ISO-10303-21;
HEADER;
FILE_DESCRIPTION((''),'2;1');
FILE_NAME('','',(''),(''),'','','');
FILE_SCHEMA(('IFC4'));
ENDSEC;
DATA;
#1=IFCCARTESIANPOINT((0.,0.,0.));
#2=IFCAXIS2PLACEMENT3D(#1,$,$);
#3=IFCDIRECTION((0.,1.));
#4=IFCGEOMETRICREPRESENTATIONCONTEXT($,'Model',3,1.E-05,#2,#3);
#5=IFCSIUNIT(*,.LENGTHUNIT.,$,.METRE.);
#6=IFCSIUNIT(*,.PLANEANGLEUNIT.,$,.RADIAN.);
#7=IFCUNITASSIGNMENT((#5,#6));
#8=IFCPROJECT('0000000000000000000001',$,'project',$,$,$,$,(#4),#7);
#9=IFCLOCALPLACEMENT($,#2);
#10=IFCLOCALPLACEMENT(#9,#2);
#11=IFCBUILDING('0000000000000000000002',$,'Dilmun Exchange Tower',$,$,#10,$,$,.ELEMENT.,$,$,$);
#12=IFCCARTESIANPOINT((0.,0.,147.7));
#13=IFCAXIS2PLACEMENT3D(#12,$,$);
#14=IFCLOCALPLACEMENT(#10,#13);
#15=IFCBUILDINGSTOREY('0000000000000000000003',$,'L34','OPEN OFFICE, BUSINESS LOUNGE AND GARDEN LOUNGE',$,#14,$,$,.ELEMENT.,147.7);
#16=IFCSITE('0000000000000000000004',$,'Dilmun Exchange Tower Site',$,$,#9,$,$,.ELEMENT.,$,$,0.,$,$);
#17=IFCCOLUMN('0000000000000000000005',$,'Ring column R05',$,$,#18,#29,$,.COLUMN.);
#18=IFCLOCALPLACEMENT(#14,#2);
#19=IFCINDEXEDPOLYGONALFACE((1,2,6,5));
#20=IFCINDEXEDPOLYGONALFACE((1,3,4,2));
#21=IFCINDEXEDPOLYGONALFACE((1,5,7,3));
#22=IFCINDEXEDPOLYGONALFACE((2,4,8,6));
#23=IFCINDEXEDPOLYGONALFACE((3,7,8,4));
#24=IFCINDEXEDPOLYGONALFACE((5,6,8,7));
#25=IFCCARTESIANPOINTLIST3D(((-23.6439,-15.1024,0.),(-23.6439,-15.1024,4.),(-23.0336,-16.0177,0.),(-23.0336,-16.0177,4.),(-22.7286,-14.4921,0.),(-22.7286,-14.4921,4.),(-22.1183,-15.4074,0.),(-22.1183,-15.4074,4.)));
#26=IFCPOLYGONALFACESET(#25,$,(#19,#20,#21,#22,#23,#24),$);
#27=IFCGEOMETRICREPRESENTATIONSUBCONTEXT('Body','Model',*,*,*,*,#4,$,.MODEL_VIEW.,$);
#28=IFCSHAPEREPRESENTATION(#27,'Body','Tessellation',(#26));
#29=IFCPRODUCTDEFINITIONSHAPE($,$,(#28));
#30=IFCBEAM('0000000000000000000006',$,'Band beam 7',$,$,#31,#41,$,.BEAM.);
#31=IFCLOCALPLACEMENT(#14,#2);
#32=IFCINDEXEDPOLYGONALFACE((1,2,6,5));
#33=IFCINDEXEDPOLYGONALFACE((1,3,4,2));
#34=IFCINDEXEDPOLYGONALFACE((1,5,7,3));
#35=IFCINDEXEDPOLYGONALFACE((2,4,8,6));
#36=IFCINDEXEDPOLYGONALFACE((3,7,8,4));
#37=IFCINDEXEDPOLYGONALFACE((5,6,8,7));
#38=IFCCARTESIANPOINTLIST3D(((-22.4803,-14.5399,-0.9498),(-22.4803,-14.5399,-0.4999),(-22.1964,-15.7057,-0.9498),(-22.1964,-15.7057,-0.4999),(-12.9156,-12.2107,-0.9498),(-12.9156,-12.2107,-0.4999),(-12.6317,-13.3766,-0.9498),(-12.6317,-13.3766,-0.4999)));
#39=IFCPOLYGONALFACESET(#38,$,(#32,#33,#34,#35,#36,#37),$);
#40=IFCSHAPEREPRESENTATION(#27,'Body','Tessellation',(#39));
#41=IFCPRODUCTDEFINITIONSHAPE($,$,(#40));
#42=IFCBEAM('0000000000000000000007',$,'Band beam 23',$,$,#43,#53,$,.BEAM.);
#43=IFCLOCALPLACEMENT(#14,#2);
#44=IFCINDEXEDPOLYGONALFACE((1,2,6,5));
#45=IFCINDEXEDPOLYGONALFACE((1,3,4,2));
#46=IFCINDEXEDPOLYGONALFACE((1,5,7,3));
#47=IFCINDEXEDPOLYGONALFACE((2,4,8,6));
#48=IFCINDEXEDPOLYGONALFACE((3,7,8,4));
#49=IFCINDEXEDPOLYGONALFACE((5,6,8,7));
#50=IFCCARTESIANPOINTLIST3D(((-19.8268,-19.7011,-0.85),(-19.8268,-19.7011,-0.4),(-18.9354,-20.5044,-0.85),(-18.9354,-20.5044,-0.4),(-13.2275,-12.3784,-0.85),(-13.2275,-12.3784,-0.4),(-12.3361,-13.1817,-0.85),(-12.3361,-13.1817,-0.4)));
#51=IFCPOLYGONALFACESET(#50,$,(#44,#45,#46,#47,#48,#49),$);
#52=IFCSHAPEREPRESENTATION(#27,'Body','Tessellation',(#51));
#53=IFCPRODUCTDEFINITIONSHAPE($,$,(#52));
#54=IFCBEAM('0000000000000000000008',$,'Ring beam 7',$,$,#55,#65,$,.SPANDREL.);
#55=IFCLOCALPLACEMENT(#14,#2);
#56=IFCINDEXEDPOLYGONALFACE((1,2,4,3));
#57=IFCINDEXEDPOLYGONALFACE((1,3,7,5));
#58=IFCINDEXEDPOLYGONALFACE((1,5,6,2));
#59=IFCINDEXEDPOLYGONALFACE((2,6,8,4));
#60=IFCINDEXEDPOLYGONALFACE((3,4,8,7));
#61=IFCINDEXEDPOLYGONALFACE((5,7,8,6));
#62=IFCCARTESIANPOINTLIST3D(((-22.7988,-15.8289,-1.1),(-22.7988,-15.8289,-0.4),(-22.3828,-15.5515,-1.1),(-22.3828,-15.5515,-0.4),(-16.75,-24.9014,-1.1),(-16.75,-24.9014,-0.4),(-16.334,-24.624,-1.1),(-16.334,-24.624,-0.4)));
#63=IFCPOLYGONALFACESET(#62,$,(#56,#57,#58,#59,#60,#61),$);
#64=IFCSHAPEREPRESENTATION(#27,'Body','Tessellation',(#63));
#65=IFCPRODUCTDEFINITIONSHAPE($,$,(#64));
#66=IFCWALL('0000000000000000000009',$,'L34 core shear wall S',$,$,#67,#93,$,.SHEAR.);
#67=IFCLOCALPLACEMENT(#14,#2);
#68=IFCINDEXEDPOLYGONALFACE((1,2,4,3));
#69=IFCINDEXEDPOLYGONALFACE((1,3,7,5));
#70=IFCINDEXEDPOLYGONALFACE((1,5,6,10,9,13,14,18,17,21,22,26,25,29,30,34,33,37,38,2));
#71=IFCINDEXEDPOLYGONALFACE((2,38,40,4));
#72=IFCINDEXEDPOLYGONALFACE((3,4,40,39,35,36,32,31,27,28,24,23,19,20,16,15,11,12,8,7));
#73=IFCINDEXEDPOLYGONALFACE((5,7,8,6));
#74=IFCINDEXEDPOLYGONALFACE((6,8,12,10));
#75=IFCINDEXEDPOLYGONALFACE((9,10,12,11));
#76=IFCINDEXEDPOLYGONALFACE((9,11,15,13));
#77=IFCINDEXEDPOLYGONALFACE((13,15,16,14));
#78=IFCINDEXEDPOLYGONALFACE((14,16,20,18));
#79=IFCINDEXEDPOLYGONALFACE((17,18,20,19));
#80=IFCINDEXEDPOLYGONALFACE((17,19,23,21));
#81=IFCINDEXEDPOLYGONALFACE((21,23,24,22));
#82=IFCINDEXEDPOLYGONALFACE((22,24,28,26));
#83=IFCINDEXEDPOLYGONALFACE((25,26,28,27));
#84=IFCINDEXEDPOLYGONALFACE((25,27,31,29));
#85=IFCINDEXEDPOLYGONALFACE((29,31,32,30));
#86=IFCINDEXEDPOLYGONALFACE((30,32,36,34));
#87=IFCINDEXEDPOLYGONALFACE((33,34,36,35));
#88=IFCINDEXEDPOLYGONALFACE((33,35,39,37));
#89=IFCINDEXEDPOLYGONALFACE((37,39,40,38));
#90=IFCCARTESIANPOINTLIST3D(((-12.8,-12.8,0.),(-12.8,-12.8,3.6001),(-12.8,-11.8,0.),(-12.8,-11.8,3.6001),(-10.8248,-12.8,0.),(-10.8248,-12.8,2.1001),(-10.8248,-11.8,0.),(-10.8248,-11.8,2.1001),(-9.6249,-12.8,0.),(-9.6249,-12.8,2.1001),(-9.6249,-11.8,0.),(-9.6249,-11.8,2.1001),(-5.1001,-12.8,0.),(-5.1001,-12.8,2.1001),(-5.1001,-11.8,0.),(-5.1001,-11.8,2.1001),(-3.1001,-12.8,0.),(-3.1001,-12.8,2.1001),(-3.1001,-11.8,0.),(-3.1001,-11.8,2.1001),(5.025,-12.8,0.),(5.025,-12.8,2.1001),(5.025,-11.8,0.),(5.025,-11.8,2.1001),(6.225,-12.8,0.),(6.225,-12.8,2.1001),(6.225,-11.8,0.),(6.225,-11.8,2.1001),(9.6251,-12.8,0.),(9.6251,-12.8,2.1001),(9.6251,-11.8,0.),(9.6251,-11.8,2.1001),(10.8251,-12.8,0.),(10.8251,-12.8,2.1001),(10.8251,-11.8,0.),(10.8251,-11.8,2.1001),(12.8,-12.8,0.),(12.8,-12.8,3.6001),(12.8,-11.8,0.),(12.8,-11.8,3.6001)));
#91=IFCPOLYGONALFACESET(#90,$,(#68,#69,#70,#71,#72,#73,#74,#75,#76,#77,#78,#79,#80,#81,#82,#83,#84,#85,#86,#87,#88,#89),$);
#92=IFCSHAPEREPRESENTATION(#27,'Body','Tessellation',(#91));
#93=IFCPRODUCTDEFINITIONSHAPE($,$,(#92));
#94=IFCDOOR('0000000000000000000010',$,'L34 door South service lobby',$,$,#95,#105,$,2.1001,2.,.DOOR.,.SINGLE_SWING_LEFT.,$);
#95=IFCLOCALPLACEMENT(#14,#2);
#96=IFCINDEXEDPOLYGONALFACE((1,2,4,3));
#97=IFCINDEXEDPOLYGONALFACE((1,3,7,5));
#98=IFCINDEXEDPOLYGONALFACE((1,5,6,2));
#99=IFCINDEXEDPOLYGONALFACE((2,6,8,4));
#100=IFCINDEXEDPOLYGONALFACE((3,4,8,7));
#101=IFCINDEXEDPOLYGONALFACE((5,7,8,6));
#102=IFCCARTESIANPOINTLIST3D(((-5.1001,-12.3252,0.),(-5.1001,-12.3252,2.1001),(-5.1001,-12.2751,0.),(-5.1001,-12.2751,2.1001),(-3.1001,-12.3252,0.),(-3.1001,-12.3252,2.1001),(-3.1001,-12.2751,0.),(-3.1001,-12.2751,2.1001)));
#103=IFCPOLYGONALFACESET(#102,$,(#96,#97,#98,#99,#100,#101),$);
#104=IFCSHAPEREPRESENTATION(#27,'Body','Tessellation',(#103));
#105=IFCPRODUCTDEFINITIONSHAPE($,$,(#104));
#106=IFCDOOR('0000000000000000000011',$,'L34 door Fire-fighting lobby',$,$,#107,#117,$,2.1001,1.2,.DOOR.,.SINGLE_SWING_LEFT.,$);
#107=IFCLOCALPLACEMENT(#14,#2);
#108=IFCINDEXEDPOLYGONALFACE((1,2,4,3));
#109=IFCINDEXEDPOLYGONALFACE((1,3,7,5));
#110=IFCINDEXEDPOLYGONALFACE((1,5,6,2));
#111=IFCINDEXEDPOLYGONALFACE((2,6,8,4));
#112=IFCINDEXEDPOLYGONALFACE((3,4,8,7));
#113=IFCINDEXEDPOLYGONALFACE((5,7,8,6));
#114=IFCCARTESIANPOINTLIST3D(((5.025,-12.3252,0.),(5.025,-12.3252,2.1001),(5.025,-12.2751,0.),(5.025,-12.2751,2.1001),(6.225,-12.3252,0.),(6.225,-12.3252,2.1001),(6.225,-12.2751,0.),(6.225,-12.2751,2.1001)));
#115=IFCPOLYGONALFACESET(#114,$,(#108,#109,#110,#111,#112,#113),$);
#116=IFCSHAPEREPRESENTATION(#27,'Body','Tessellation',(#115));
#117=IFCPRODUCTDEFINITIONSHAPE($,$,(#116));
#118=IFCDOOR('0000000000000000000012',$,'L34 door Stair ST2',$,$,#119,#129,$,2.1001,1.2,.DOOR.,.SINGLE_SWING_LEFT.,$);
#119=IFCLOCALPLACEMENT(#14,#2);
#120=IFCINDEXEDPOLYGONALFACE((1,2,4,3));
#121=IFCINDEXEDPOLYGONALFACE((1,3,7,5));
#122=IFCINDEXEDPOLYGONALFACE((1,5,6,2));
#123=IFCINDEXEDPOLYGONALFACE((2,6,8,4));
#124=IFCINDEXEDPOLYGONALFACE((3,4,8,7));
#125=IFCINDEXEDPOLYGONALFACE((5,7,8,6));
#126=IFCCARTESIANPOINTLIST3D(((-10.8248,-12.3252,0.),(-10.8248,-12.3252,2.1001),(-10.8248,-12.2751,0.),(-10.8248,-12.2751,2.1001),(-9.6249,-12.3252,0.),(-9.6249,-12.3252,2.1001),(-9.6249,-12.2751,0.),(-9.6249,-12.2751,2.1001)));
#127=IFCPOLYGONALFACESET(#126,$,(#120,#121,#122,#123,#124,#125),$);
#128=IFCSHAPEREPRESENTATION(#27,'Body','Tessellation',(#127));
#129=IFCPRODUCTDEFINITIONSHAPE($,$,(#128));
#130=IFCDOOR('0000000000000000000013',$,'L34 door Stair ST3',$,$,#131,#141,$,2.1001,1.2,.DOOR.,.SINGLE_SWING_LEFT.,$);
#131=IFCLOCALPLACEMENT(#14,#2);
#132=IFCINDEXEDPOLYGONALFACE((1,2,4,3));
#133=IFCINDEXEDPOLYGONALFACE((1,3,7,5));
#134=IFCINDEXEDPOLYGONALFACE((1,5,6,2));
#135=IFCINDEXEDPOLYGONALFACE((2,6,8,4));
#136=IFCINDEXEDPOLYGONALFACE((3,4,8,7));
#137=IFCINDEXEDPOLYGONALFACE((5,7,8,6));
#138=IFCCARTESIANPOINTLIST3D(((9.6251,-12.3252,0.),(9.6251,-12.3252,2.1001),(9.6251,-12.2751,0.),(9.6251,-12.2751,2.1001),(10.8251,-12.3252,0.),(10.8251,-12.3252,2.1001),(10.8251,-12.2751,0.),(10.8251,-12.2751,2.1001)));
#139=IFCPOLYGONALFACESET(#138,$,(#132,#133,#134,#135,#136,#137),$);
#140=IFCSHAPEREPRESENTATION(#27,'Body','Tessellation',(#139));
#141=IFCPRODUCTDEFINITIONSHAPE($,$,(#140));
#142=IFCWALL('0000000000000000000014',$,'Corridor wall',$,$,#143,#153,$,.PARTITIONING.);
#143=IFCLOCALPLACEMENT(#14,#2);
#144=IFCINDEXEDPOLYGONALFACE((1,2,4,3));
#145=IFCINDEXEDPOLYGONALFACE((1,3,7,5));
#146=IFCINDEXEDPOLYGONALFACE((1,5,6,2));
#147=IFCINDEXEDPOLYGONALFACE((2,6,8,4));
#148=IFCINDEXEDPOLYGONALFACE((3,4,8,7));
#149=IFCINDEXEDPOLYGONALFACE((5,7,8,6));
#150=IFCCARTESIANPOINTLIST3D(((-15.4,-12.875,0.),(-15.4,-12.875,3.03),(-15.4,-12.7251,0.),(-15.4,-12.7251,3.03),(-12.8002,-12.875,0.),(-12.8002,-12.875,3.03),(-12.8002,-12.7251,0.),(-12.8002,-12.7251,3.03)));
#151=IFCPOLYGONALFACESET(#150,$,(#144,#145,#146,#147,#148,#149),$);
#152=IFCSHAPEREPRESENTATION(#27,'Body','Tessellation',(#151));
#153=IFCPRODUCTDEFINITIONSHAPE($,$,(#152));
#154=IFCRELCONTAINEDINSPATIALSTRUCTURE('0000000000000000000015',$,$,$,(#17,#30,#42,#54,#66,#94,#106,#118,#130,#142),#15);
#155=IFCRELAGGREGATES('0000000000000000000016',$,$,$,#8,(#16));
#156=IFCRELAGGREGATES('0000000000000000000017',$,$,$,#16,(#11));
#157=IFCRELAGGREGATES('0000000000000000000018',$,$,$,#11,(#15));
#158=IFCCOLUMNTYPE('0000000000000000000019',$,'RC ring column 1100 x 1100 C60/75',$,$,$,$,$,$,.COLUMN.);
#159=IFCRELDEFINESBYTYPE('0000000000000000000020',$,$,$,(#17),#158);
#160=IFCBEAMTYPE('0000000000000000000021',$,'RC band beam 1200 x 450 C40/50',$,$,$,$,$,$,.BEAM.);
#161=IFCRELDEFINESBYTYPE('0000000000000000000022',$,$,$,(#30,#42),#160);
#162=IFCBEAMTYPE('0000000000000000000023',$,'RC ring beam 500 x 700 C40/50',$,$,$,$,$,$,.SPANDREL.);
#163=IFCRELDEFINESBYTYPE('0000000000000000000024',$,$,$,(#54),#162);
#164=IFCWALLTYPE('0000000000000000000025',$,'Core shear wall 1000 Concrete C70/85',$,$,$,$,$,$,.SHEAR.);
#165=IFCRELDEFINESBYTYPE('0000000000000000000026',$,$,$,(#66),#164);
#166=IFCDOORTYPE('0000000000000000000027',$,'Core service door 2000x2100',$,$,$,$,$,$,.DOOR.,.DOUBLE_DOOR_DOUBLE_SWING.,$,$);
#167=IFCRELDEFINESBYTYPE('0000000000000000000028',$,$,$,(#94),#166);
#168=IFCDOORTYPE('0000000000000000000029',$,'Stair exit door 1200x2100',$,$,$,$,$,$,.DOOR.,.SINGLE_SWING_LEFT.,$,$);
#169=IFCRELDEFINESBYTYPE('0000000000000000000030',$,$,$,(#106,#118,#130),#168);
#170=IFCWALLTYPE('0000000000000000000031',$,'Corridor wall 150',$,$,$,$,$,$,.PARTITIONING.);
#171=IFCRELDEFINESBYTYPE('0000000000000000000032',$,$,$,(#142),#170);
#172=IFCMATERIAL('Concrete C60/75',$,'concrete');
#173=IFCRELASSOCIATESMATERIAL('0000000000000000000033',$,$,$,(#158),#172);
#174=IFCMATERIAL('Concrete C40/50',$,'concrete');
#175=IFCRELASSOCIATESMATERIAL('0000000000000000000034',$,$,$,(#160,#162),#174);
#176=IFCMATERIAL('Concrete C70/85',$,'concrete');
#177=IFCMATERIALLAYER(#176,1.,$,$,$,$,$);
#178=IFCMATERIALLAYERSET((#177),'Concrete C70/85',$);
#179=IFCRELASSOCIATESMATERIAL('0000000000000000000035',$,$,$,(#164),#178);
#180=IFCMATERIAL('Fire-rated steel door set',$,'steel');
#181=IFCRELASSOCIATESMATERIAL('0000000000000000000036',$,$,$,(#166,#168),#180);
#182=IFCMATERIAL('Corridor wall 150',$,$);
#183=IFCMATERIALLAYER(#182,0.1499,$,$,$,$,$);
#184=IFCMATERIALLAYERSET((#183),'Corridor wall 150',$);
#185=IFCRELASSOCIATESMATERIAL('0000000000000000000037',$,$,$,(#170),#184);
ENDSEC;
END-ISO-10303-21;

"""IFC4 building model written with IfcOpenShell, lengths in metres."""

from ifc_helpers import new_model, si_unit, direction, frame, frame_2d, origin, origin_2d, place, context, subcontext, project, spatial, rectangle, extrude, material, layer, layer_set, material_profile, profile_set, type_object, element, fill, save


model = new_model("IFC4")

# Units and contexts
model_context = context("Model", 3, precision=1e-05, world=origin(), true_north=direction((0.0, 1.0)))
body_context = subcontext(model_context, "Body", "Model", "MODEL_VIEW")
ifc_project = project(units=[si_unit("LENGTHUNIT", "METRE"), si_unit("PLANEANGLEUNIT", "RADIAN")], contexts=[model_context])

# Site, building, storey
site_placement = place(None, origin())
site = spatial("IfcSite", under=ifc_project, at=site_placement, Name="Dilmun Exchange Tower Site", CompositionType="ELEMENT", RefElevation=0.0)
building_placement = place(site_placement, origin())
building = spatial("IfcBuilding", under=site, at=building_placement, Name="Dilmun Exchange Tower", CompositionType="ELEMENT")
storey_placement = place(building_placement, frame((0.0, 0.0, 147.7)))
storey = spatial("IfcBuildingStorey", under=building, at=storey_placement, Name="L34", Description="OPEN OFFICE, BUSINESS LOUNGE AND GARDEN LOUNGE", CompositionType="ELEMENT", Elevation=147.7)

# Column
ifc_material_1 = material(Name="Concrete C60/75", Category="concrete")
ifc_material_profile_1 = material_profile(ifc_material_1, rectangle(XDim=1.1001, YDim=1.1001, at=origin_2d()), Name="1100 x 1100")
ifc_profile_set_1 = profile_set([ifc_material_profile_1], Name="Concrete C60/75")
column_type = type_object("IfcColumnType", Name="RC ring column 1100 x 1100 C60/75", PredefinedType="COLUMN", material=ifc_profile_set_1)
column_placement = place(storey_placement, frame((-22.8811, -15.2549, 0.0), z_axis=(0.0, 0.0, 1.0), x_axis=(0.832029, 0.554733, 0.0)))
element("IfcColumn", 1, at=column_placement, inside=storey, type_object=column_type, Name="Ring column R05", PredefinedType="COLUMN", context=body_context, shape_type="SweptSolid", body=[
    extrude(rectangle(XDim=1.1001, YDim=1.1001, at=origin_2d()), origin(), (0.0, 0.0, 1.0), 4.0),
])

# Beams
ifc_material_2 = material(Name="Concrete C40/50", Category="concrete")
ifc_material_profile_2 = material_profile(ifc_material_2, rectangle(XDim=1.2, YDim=0.45, at=origin_2d()), Name="1200 x 450")
ifc_profile_set_2 = profile_set([ifc_material_profile_2], Name="Concrete C40/50")
beam_type_1 = type_object("IfcBeamType", Name="RC band beam 1200 x 450 C40/50", PredefinedType="BEAM", material=ifc_profile_set_2)
beam_1_placement = place(storey_placement, frame((-22.3384, -15.1228, -0.7249), z_axis=(0.971608, 0.236596, 0.0), x_axis=(-0.236596, 0.971608, 0.0)))
element("IfcBeam", 2, at=beam_1_placement, inside=storey, type_object=beam_type_1, Name="Band beam 7", PredefinedType="BEAM", context=body_context, shape_type="SweptSolid", body=[
    extrude(rectangle(XDim=1.2, YDim=0.45, at=origin_2d()), origin(), (0.0, 0.0, 1.0), 9.8442),
])
beam_2_placement = place(storey_placement, frame((-19.3811, -20.1028, -0.625), z_axis=(0.669463, 0.742846, 0.0), x_axis=(-0.742846, 0.669463, 0.0)))
element("IfcBeam", 3, at=beam_2_placement, inside=storey, type_object=beam_type_1, Name="Band beam 23", PredefinedType="BEAM", context=body_context, shape_type="SweptSolid", body=[
    extrude(rectangle(XDim=1.2, YDim=0.45, at=origin_2d()), origin(), (0.0, 0.0, 1.0), 9.8577),
])
ifc_material_profile_3 = material_profile(ifc_material_2, rectangle(XDim=0.5, YDim=0.7, at=origin_2d()), Name="500 x 700")
ifc_profile_set_3 = profile_set([ifc_material_profile_3], Name="Concrete C40/50")
beam_type_2 = type_object("IfcBeamType", Name="RC ring beam 500 x 700 C40/50", PredefinedType="SPANDREL", material=ifc_profile_set_3)
beam_3_placement = place(storey_placement, frame((-22.5908, -15.6902, -0.75), z_axis=(0.554731, -0.83203, 0.0), x_axis=(0.83203, 0.554731, 0.0)))
element("IfcBeam", 4, at=beam_3_placement, inside=storey, type_object=beam_type_2, Name="Ring beam 7", PredefinedType="SPANDREL", context=body_context, shape_type="SweptSolid", body=[
    extrude(rectangle(XDim=0.5, YDim=0.7, at=origin_2d()), origin(), (0.0, 0.0, 1.0), 10.9041),
])

# Wall, openings, doors
ifc_material_3 = material(Name="Concrete C70/85", Category="concrete")
ifc_layer_1 = layer(ifc_material_3, 1.0)
ifc_layer_set_1 = layer_set([ifc_layer_1], Name="Concrete C70/85")
wall_type_1 = type_object("IfcWallType", Name="Core shear wall 1000 Concrete C70/85", PredefinedType="SHEAR", material=ifc_layer_set_1)
wall_1_placement = place(storey_placement, frame((-12.8, -12.3, 0.0), z_axis=(0.0, 0.0, 1.0), x_axis=(1.0, 0.0, 0.0)))
wall_1 = element("IfcWall", 5, at=wall_1_placement, inside=storey, type_object=wall_type_1, Name="L34 core shear wall S", PredefinedType="SHEAR", context=body_context, shape_type="SweptSolid", body=[
    extrude(rectangle(XDim=25.6001, YDim=1.0, at=frame_2d((12.8, 0.0))), origin(), (0.0, 0.0, 1.0), 3.6001),
])
opening_1_placement = place(wall_1_placement, frame((7.7, 0.0, 0.0)))
opening_1 = element("IfcOpeningElement", 6, at=opening_1_placement, cuts=wall_1, PredefinedType="OPENING", context=body_context, shape_type="SweptSolid", body=[
    extrude(rectangle(XDim=2.0, YDim=2.1001, at=frame_2d((1.0, 1.05))), frame((0.0, 0.51, 0.0), z_axis=(0.0, -1.0, 0.0), x_axis=(1.0, 0.0, 0.0)), (0.0, 0.0, 1.0), 1.02),
])
opening_2_placement = place(wall_1_placement, frame((17.825, 0.0, 0.0)))
opening_2 = element("IfcOpeningElement", 7, at=opening_2_placement, cuts=wall_1, PredefinedType="OPENING", context=body_context, shape_type="SweptSolid", body=[
    extrude(rectangle(XDim=1.2, YDim=2.1001, at=frame_2d((0.6001, 1.05))), frame((0.0, 0.51, 0.0), z_axis=(0.0, -1.0, 0.0), x_axis=(1.0, 0.0, 0.0)), (0.0, 0.0, 1.0), 1.02),
])
opening_3_placement = place(wall_1_placement, frame((1.9751, 0.0, 0.0)))
opening_3 = element("IfcOpeningElement", 8, at=opening_3_placement, cuts=wall_1, PredefinedType="OPENING", context=body_context, shape_type="SweptSolid", body=[
    extrude(rectangle(XDim=1.2, YDim=2.1001, at=frame_2d((0.6001, 1.05))), frame((0.0, 0.51, 0.0), z_axis=(0.0, -1.0, 0.0), x_axis=(1.0, 0.0, 0.0)), (0.0, 0.0, 1.0), 1.02),
])
opening_4_placement = place(wall_1_placement, frame((22.425, 0.0, 0.0)))
opening_4 = element("IfcOpeningElement", 9, at=opening_4_placement, cuts=wall_1, PredefinedType="OPENING", context=body_context, shape_type="SweptSolid", body=[
    extrude(rectangle(XDim=1.2, YDim=2.1001, at=frame_2d((0.6001, 1.05))), frame((0.0, 0.51, 0.0), z_axis=(0.0, -1.0, 0.0), x_axis=(1.0, 0.0, 0.0)), (0.0, 0.0, 1.0), 1.02),
])
ifc_material_4 = material(Name="Fire-rated steel door set", Category="steel")
door_type_1 = type_object("IfcDoorType", Name="Core service door 2000x2100", OperationType="DOUBLE_DOOR_DOUBLE_SWING", PredefinedType="DOOR", material=ifc_material_4)
door_1_placement = place(opening_1_placement, origin())
door_1 = element("IfcDoor", 10, at=door_1_placement, inside=storey, type_object=door_type_1, Name="L34 door South service lobby", OperationType="SINGLE_SWING_LEFT", OverallHeight=2.1001, OverallWidth=2.0, PredefinedType="DOOR", context=body_context, shape_type="SweptSolid", body=[
    extrude(rectangle(XDim=2.0, YDim=2.1001, at=frame_2d((1.0, 1.05))), frame((0.0, 0.0249, 0.0), z_axis=(0.0, -1.0, 0.0), x_axis=(1.0, 0.0, 0.0)), (0.0, 0.0, 1.0), 0.05),
])
fill(opening_1, door_1)
door_type_2 = type_object("IfcDoorType", Name="Stair exit door 1200x2100", OperationType="SINGLE_SWING_LEFT", PredefinedType="DOOR", material=ifc_material_4)
door_2_placement = place(opening_2_placement, origin())
door_2 = element("IfcDoor", 11, at=door_2_placement, inside=storey, type_object=door_type_2, Name="L34 door Fire-fighting lobby", OperationType="SINGLE_SWING_LEFT", OverallHeight=2.1001, OverallWidth=1.2, PredefinedType="DOOR", context=body_context, shape_type="SweptSolid", body=[
    extrude(rectangle(XDim=1.2, YDim=2.1001, at=frame_2d((0.6001, 1.05))), frame((0.0, 0.0249, 0.0), z_axis=(0.0, -1.0, 0.0), x_axis=(1.0, 0.0, 0.0)), (0.0, 0.0, 1.0), 0.05),
])
fill(opening_2, door_2)
door_3_placement = place(opening_3_placement, origin())
door_3 = element("IfcDoor", 12, at=door_3_placement, inside=storey, type_object=door_type_2, Name="L34 door Stair ST2", OperationType="SINGLE_SWING_LEFT", OverallHeight=2.1001, OverallWidth=1.2, PredefinedType="DOOR", context=body_context, shape_type="SweptSolid", body=[
    extrude(rectangle(XDim=1.2, YDim=2.1001, at=frame_2d((0.6001, 1.05))), frame((0.0, 0.0249, 0.0), z_axis=(0.0, -1.0, 0.0), x_axis=(1.0, 0.0, 0.0)), (0.0, 0.0, 1.0), 0.05),
])
fill(opening_3, door_3)
door_4_placement = place(opening_4_placement, origin())
door_4 = element("IfcDoor", 13, at=door_4_placement, inside=storey, type_object=door_type_2, Name="L34 door Stair ST3", OperationType="SINGLE_SWING_LEFT", OverallHeight=2.1001, OverallWidth=1.2, PredefinedType="DOOR", context=body_context, shape_type="SweptSolid", body=[
    extrude(rectangle(XDim=1.2, YDim=2.1001, at=frame_2d((0.6001, 1.05))), frame((0.0, 0.0249, 0.0), z_axis=(0.0, -1.0, 0.0), x_axis=(1.0, 0.0, 0.0)), (0.0, 0.0, 1.0), 0.05),
])
fill(opening_4, door_4)

# Wall
ifc_material_5 = material(Name="Corridor wall 150")
ifc_layer_2 = layer(ifc_material_5, 0.1499)
ifc_layer_set_2 = layer_set([ifc_layer_2], Name="Corridor wall 150")
wall_type_2 = type_object("IfcWallType", Name="Corridor wall 150", PredefinedType="PARTITIONING", material=ifc_layer_set_2)
wall_2_placement = place(storey_placement, frame((-15.3999, -12.8, 0.0), z_axis=(0.0, 0.0, 1.0), x_axis=(1.0, 0.0, 0.0)))
element("IfcWall", 14, at=wall_2_placement, inside=storey, type_object=wall_type_2, Name="Corridor wall", PredefinedType="PARTITIONING", context=body_context, shape_type="SweptSolid", body=[
    extrude(rectangle(XDim=2.5999, YDim=0.1499, at=frame_2d((1.2998, 0.0))), origin(), (0.0, 0.0, 1.0), 3.03),
])

save(model, "model.ifc")
